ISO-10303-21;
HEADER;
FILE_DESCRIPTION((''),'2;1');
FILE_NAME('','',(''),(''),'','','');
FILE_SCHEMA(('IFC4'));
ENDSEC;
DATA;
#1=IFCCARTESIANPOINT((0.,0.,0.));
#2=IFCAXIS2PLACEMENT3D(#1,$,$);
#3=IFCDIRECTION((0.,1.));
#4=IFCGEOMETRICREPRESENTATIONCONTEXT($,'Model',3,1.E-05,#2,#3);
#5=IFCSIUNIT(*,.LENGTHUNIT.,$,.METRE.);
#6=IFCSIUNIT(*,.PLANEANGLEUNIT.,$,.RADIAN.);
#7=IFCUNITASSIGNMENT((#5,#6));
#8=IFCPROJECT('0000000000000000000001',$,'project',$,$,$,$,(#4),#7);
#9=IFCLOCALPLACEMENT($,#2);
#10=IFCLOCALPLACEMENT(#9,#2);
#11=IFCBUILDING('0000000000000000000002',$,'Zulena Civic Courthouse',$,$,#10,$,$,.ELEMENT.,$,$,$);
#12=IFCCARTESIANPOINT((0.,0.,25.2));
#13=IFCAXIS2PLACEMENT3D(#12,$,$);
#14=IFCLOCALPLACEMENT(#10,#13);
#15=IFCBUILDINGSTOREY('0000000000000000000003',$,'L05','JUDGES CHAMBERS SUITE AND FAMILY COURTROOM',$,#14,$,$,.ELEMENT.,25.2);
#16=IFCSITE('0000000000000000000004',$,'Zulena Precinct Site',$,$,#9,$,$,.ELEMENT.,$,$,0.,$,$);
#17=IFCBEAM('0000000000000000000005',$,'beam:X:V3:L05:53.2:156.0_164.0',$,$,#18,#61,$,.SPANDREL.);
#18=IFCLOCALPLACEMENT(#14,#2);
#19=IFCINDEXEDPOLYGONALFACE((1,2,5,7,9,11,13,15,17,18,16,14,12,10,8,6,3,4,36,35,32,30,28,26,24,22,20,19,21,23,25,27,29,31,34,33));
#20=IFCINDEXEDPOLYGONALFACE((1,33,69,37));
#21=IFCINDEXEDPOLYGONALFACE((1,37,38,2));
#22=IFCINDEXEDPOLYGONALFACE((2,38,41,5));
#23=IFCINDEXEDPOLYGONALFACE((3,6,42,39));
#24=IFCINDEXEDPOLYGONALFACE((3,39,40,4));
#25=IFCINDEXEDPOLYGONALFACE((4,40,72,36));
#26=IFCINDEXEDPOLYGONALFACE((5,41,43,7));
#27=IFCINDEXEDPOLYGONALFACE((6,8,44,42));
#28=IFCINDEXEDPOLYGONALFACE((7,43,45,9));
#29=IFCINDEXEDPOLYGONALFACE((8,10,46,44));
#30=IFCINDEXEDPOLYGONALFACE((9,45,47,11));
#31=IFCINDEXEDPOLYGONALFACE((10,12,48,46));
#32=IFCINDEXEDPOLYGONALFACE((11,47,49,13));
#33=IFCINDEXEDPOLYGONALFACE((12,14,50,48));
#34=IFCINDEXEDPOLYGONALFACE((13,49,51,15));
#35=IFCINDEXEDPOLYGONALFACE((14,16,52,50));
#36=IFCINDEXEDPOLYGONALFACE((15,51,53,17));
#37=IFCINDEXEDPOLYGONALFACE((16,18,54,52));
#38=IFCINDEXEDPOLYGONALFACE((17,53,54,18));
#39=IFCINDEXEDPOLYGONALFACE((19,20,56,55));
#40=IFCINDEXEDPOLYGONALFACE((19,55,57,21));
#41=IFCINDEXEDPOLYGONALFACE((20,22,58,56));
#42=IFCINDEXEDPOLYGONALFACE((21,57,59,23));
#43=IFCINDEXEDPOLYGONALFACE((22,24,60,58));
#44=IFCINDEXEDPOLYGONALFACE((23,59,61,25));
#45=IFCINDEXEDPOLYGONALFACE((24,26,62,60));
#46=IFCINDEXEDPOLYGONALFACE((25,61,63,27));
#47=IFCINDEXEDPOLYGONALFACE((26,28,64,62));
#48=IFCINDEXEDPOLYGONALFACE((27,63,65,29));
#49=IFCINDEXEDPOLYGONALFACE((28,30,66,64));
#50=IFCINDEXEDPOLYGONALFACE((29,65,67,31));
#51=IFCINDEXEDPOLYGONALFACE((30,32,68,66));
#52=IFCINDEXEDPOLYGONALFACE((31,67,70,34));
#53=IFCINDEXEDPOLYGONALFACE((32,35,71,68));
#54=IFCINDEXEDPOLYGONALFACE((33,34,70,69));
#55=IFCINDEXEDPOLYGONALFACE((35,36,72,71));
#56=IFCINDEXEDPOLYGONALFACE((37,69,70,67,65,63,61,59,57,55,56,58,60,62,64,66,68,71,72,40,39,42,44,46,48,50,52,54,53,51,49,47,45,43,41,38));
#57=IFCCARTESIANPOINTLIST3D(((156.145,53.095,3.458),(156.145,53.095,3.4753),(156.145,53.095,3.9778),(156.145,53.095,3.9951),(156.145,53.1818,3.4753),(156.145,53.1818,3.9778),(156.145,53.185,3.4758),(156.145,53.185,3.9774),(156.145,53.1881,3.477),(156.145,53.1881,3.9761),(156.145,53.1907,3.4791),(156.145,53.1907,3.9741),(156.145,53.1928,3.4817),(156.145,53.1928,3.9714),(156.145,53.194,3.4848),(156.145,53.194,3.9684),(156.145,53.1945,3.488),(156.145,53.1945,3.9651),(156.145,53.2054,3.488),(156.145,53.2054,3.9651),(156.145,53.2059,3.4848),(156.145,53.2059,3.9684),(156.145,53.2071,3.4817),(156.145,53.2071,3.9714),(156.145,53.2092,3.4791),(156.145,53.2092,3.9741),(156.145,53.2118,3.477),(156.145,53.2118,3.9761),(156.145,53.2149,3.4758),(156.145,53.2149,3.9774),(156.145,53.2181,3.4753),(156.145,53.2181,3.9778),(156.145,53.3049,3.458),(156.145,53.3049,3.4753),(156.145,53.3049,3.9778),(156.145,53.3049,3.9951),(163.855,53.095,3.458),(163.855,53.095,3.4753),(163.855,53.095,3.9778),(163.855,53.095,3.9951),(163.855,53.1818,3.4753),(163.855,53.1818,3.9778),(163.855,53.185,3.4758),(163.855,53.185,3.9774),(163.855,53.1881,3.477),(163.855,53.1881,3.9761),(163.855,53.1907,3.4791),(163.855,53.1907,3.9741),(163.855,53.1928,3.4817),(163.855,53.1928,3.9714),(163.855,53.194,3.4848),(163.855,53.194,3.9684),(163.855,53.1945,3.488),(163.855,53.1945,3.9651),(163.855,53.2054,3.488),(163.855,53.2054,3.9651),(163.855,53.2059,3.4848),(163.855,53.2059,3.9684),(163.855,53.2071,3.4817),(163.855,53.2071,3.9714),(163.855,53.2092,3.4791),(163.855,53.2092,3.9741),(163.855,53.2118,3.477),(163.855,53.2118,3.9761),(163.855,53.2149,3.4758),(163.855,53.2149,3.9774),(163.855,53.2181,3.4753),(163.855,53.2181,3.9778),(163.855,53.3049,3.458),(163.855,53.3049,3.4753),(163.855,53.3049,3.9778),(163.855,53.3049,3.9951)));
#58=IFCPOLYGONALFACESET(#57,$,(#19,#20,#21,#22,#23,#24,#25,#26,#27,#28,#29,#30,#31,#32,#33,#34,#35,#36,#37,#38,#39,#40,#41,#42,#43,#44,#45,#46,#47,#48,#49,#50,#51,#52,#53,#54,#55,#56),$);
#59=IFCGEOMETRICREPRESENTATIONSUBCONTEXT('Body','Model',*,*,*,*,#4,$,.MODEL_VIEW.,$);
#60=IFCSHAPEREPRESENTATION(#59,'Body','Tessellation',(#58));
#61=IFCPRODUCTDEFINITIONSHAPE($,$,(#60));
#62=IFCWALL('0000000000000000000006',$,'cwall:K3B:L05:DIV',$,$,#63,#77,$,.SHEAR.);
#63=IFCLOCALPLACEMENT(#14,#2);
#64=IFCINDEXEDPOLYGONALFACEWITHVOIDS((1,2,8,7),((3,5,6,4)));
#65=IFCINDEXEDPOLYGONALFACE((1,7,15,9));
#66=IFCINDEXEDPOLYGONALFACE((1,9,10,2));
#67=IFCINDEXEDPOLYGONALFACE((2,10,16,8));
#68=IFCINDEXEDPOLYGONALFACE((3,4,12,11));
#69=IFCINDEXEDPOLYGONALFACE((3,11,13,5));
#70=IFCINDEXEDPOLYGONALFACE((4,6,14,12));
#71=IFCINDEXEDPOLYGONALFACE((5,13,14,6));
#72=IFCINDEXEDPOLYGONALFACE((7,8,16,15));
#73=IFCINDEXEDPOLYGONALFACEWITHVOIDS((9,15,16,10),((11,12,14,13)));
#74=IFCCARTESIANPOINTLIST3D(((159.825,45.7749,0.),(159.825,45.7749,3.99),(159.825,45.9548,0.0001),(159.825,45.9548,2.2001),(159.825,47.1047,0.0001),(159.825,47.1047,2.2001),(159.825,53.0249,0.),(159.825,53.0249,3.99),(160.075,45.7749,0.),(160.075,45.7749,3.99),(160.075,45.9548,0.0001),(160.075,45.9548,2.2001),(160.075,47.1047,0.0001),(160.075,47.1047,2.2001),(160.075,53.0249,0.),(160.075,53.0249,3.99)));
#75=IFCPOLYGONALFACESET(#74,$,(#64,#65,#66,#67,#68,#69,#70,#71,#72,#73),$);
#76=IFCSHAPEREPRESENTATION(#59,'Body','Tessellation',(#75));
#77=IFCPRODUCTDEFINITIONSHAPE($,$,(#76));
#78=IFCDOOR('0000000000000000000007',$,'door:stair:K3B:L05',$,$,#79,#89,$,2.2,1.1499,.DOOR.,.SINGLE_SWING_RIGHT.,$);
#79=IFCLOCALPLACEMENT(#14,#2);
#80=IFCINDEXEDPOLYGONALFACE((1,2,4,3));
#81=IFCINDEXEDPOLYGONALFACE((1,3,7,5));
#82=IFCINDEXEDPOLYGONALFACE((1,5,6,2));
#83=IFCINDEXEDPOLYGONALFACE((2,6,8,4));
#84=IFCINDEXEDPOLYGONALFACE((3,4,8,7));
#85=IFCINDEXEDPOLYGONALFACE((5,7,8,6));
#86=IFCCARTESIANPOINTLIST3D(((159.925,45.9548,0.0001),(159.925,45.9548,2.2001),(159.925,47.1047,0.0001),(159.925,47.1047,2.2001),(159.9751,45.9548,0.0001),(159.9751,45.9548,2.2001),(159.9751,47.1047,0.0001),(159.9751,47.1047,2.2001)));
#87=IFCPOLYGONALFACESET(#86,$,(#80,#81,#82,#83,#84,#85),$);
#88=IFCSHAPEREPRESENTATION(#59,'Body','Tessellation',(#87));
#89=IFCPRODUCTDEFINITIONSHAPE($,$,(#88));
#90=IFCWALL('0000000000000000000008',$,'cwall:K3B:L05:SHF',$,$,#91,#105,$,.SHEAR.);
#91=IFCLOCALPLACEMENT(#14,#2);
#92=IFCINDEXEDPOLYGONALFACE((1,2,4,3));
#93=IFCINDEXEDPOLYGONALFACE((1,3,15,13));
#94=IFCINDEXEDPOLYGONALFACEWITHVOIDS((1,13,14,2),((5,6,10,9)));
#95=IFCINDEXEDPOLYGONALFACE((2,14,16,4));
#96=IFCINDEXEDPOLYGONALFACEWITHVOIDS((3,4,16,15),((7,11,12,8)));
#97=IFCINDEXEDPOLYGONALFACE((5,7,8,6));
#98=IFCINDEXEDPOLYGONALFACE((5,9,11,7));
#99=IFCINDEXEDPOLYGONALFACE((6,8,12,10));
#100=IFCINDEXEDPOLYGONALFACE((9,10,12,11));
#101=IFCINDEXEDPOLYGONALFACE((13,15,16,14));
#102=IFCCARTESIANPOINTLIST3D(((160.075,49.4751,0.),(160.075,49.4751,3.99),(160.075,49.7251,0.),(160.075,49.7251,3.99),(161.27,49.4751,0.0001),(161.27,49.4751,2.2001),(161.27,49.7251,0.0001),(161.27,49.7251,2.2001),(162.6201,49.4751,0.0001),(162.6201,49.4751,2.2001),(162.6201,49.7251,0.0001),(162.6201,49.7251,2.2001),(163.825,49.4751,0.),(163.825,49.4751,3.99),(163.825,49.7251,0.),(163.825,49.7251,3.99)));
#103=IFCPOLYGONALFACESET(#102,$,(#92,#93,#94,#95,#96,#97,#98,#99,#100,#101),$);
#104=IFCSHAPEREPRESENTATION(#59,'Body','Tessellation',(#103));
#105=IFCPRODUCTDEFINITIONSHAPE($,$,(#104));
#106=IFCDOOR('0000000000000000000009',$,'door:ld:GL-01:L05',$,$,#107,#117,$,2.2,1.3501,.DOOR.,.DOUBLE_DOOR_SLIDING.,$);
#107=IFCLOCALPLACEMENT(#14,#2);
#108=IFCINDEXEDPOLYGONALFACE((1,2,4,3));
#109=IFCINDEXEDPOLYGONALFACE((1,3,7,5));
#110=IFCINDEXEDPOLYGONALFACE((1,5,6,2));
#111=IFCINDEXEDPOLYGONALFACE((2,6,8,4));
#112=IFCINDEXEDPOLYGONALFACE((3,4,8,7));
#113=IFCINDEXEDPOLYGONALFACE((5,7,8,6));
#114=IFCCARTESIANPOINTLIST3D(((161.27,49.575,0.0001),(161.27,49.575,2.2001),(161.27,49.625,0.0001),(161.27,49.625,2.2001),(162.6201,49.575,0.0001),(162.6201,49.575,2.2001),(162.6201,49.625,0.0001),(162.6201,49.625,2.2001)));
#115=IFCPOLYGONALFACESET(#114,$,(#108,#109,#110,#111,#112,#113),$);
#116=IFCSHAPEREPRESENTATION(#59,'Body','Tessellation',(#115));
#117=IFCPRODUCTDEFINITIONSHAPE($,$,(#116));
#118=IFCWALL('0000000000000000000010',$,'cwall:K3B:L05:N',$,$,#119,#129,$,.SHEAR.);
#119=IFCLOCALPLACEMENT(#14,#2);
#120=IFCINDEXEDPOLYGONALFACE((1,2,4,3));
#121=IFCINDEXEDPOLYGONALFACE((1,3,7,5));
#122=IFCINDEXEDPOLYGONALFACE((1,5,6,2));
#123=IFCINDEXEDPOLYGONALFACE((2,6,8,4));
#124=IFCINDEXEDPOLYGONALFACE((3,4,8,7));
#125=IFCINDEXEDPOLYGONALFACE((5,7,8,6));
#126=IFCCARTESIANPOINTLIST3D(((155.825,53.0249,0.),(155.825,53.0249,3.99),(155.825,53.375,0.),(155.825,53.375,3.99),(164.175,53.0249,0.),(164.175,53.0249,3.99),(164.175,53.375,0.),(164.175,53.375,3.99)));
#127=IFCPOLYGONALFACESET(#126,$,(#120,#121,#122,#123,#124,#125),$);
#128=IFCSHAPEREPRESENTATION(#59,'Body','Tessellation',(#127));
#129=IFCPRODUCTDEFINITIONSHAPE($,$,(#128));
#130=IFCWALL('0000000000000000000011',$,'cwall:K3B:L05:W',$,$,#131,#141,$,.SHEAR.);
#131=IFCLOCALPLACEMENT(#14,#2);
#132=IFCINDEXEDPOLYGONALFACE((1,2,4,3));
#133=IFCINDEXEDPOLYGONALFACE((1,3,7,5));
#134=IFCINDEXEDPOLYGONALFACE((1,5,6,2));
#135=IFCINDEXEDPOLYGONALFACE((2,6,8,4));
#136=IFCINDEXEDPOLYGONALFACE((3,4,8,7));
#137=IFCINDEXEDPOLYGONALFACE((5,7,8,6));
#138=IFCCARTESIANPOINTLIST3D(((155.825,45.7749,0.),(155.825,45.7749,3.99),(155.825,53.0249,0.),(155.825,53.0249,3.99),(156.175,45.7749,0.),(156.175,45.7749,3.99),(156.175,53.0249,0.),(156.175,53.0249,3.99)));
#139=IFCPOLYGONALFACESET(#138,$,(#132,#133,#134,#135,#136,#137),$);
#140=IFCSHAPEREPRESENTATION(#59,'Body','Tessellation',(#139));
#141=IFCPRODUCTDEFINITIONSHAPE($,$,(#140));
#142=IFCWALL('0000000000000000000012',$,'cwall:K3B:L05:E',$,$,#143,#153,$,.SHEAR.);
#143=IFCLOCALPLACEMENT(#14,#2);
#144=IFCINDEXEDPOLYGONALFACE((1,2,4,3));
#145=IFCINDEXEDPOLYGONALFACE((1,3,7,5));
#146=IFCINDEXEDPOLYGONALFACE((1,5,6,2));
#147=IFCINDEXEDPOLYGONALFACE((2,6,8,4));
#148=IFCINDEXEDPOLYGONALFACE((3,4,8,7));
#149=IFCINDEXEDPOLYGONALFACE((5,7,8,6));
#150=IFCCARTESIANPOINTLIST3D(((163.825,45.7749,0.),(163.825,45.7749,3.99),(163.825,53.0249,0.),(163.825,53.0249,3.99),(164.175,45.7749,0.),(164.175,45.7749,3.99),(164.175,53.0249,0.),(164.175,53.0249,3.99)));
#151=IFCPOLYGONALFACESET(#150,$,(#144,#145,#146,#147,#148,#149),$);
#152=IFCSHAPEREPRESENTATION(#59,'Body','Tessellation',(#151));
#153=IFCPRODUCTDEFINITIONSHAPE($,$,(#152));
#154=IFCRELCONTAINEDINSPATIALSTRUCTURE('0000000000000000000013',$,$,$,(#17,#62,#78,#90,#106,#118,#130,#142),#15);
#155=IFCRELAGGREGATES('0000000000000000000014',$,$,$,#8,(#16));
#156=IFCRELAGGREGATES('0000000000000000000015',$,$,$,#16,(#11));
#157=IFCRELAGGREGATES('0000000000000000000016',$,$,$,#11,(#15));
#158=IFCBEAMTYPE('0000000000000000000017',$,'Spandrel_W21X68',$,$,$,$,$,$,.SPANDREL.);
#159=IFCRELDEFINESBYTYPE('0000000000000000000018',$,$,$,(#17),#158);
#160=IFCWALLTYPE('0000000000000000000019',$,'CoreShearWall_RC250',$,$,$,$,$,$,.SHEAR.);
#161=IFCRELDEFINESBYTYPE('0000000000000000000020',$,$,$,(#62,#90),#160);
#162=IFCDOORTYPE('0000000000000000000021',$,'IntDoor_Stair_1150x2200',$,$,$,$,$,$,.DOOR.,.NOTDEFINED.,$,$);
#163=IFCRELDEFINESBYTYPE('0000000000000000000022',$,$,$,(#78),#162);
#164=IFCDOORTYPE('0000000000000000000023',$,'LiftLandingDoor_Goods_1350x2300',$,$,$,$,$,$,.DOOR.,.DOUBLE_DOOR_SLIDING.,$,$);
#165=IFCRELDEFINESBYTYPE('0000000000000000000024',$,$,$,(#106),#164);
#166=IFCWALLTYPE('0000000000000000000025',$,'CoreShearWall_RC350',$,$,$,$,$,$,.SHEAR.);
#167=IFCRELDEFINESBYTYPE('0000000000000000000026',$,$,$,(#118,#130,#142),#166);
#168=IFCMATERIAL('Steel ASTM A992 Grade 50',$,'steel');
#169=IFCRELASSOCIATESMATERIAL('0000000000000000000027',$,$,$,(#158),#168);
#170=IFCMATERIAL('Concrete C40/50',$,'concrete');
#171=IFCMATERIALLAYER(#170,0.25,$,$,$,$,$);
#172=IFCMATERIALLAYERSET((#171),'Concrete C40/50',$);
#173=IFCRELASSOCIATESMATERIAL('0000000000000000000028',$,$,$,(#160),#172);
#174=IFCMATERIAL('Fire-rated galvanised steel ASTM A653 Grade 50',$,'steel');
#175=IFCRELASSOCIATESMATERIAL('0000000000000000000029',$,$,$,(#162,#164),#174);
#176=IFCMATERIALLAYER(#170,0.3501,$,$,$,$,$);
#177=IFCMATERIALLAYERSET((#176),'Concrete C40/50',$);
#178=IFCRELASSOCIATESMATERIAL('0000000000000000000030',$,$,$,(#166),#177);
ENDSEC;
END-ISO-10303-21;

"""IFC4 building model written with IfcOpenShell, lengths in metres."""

from ifc_helpers import new_model, si_unit, direction, frame, frame_2d, origin, origin_2d, place, context, subcontext, project, spatial, rectangle, i_section, extrude, material, layer, layer_set, material_profile, profile_set, type_object, element, fill, save


model = new_model("IFC4")

# Units and contexts
model_context = context("Model", 3, precision=1e-05, world=origin(), true_north=direction((0.0, 1.0)))
body_context = subcontext(model_context, "Body", "Model", "MODEL_VIEW")
ifc_project = project(units=[si_unit("LENGTHUNIT", "METRE"), si_unit("PLANEANGLEUNIT", "RADIAN")], contexts=[model_context])

# Site, building, storey
site_placement = place(None, origin())
site = spatial("IfcSite", under=ifc_project, at=site_placement, Name="Zulena Precinct Site", CompositionType="ELEMENT", RefElevation=0.0)
building_placement = place(site_placement, origin())
building = spatial("IfcBuilding", under=site, at=building_placement, Name="Zulena Civic Courthouse", CompositionType="ELEMENT")
storey_placement = place(building_placement, frame((0.0, 0.0, 25.2)))
storey = spatial("IfcBuildingStorey", under=building, at=storey_placement, Name="L05", Description="JUDGES CHAMBERS SUITE AND FAMILY COURTROOM", CompositionType="ELEMENT", Elevation=25.2)

# Shared definitions
ifc_material_1 = material(Name="Steel ASTM A992 Grade 50", Category="steel")

# Beam
ifc_material_profile_1 = material_profile(ifc_material_1, i_section(OverallWidth=0.21, OverallDepth=0.5371, WebThickness=0.011, FlangeThickness=0.0173, FilletRadius=0.0127, at=origin_2d()), Name="W21X68")
ifc_profile_set_1 = profile_set([ifc_material_profile_1], Name="Steel ASTM A992 Grade 50")
beam_type_1 = type_object("IfcBeamType", Name="Spandrel_W21X68", PredefinedType="SPANDREL", material=ifc_profile_set_1)
for number, where, z_axis, x_axis, name in (
    (1, (156.145, 53.2, 3.7266), (1.0, 0.0, 0.0), (0.0, 1.0, 0.0), "beam:X:V3:L05:53.2:156.0_164.0"),
):
    element("IfcBeam", number, at=place(storey_placement, frame(where, z_axis=z_axis, x_axis=x_axis)), inside=storey, type_object=beam_type_1, Name=name, PredefinedType="SPANDREL", context=body_context, shape_type="SweptSolid", body=[
        extrude(i_section(OverallWidth=0.21, OverallDepth=0.5371, WebThickness=0.011, FlangeThickness=0.0173, FilletRadius=0.0127, at=origin_2d()), origin(), (0.0, 0.0, 1.0), 7.71),
    ])

# Walls, openings, doors
ifc_material_2 = material(Name="Concrete C40/50", Category="concrete")
ifc_layer_1 = layer(ifc_material_2, 0.25)
ifc_layer_set_1 = layer_set([ifc_layer_1], Name="Concrete C40/50")
wall_type_1 = type_object("IfcWallType", Name="CoreShearWall_RC250", PredefinedType="SHEAR", material=ifc_layer_set_1)
wall_1_placement = place(storey_placement, frame((159.95, 45.7749, 0.0), z_axis=(0.0, 0.0, 1.0), x_axis=(0.0, 1.0, 0.0)))
wall_1 = element("IfcWall", 2, at=wall_1_placement, inside=storey, type_object=wall_type_1, Name="cwall:K3B:L05:DIV", PredefinedType="SHEAR", context=body_context, shape_type="SweptSolid", body=[
    extrude(rectangle(XDim=7.25, YDim=0.25, at=frame_2d((3.625, 0.0))), origin(), (0.0, 0.0, 1.0), 3.99),
])
opening_1_placement = place(wall_1_placement, frame((0.1799, 0.0, 0.0)))
opening_1 = element("IfcOpeningElement", 3, at=opening_1_placement, cuts=wall_1, PredefinedType="OPENING", context=body_context, shape_type="SweptSolid", body=[
    extrude(rectangle(XDim=1.1499, YDim=2.2, at=frame_2d((0.575, 1.1001))), frame((0.0, 0.135, 0.0), z_axis=(0.0, -1.0, 0.0), x_axis=(1.0, 0.0, 0.0)), (0.0, 0.0, 1.0), 0.27),
])
ifc_material_3 = material(Name="Fire-rated galvanised steel ASTM A653 Grade 50", Category="steel")
door_type_1 = type_object("IfcDoorType", Name="IntDoor_Stair_1150x2200", OperationType="NOTDEFINED", PredefinedType="DOOR", material=ifc_material_3)
door_1_placement = place(opening_1_placement, origin())
door_1 = element("IfcDoor", 4, at=door_1_placement, inside=storey, type_object=door_type_1, Name="door:stair:K3B:L05", OperationType="SINGLE_SWING_RIGHT", OverallHeight=2.2, OverallWidth=1.1499, PredefinedType="DOOR", context=body_context, shape_type="SweptSolid", body=[
    extrude(rectangle(XDim=1.1499, YDim=2.2, at=frame_2d((0.575, 1.1001))), frame((0.0, 0.0249, 0.0), z_axis=(0.0, -1.0, 0.0), x_axis=(1.0, 0.0, 0.0)), (0.0, 0.0, 1.0), 0.05),
])
fill(opening_1, door_1)
wall_2_placement = place(storey_placement, frame((160.075, 49.6001, 0.0), z_axis=(0.0, 0.0, 1.0), x_axis=(1.0, 0.0, 0.0)))
wall_2 = element("IfcWall", 5, at=wall_2_placement, inside=storey, type_object=wall_type_1, Name="cwall:K3B:L05:SHF", PredefinedType="SHEAR", context=body_context, shape_type="SweptSolid", body=[
    extrude(rectangle(XDim=3.75, YDim=0.25, at=frame_2d((1.875, 0.0))), origin(), (0.0, 0.0, 1.0), 3.99),
])
opening_2_placement = place(wall_2_placement, frame((1.1951, 0.0, 0.0)))
opening_2 = element("IfcOpeningElement", 6, at=opening_2_placement, cuts=wall_2, PredefinedType="OPENING", context=body_context, shape_type="SweptSolid", body=[
    extrude(rectangle(XDim=1.3501, YDim=2.2, at=frame_2d((0.675, 1.1001))), frame((0.0, 0.135, 0.0), z_axis=(0.0, -1.0, 0.0), x_axis=(1.0, 0.0, 0.0)), (0.0, 0.0, 1.0), 0.27),
])
door_type_2 = type_object("IfcDoorType", Name="LiftLandingDoor_Goods_1350x2300", OperationType="DOUBLE_DOOR_SLIDING", PredefinedType="DOOR", material=ifc_material_3)
door_2_placement = place(opening_2_placement, origin())
door_2 = element("IfcDoor", 7, at=door_2_placement, inside=storey, type_object=door_type_2, Name="door:ld:GL-01:L05", OperationType="DOUBLE_DOOR_SLIDING", OverallHeight=2.2, OverallWidth=1.3501, PredefinedType="DOOR", context=body_context, shape_type="SweptSolid", body=[
    extrude(rectangle(XDim=1.3501, YDim=2.2, at=frame_2d((0.675, 1.1001))), frame((0.0, 0.0249, 0.0), z_axis=(0.0, -1.0, 0.0), x_axis=(1.0, 0.0, 0.0)), (0.0, 0.0, 1.0), 0.05),
])
fill(opening_2, door_2)

# Walls
ifc_layer_2 = layer(ifc_material_2, 0.3501)
ifc_layer_set_2 = layer_set([ifc_layer_2], Name="Concrete C40/50")
wall_type_2 = type_object("IfcWallType", Name="CoreShearWall_RC350", PredefinedType="SHEAR", material=ifc_layer_set_2)
wall_3_placement = place(storey_placement, frame((155.825, 53.2, 0.0), z_axis=(0.0, 0.0, 1.0), x_axis=(1.0, 0.0, 0.0)))
element("IfcWall", 8, at=wall_3_placement, inside=storey, type_object=wall_type_2, Name="cwall:K3B:L05:N", PredefinedType="SHEAR", context=body_context, shape_type="SweptSolid", body=[
    extrude(rectangle(XDim=8.3501, YDim=0.3501, at=frame_2d((4.175, 0.0))), origin(), (0.0, 0.0, 1.0), 3.99),
])
for number, where, z_axis, x_axis, name in (
    (9, (156.0, 45.7749, 0.0), (0.0, 0.0, 1.0), (0.0, 1.0, 0.0), "cwall:K3B:L05:W"),
    (10, (164.0, 45.7749, 0.0), (0.0, 0.0, 1.0), (0.0, 1.0, 0.0), "cwall:K3B:L05:E"),
):
    element("IfcWall", number, at=place(storey_placement, frame(where, z_axis=z_axis, x_axis=x_axis)), inside=storey, type_object=wall_type_2, Name=name, PredefinedType="SHEAR", context=body_context, shape_type="SweptSolid", body=[
        extrude(rectangle(XDim=7.25, YDim=0.3501, at=frame_2d((3.625, 0.0))), origin(), (0.0, 0.0, 1.0), 3.99),
    ])

save(model, "model.ifc")
